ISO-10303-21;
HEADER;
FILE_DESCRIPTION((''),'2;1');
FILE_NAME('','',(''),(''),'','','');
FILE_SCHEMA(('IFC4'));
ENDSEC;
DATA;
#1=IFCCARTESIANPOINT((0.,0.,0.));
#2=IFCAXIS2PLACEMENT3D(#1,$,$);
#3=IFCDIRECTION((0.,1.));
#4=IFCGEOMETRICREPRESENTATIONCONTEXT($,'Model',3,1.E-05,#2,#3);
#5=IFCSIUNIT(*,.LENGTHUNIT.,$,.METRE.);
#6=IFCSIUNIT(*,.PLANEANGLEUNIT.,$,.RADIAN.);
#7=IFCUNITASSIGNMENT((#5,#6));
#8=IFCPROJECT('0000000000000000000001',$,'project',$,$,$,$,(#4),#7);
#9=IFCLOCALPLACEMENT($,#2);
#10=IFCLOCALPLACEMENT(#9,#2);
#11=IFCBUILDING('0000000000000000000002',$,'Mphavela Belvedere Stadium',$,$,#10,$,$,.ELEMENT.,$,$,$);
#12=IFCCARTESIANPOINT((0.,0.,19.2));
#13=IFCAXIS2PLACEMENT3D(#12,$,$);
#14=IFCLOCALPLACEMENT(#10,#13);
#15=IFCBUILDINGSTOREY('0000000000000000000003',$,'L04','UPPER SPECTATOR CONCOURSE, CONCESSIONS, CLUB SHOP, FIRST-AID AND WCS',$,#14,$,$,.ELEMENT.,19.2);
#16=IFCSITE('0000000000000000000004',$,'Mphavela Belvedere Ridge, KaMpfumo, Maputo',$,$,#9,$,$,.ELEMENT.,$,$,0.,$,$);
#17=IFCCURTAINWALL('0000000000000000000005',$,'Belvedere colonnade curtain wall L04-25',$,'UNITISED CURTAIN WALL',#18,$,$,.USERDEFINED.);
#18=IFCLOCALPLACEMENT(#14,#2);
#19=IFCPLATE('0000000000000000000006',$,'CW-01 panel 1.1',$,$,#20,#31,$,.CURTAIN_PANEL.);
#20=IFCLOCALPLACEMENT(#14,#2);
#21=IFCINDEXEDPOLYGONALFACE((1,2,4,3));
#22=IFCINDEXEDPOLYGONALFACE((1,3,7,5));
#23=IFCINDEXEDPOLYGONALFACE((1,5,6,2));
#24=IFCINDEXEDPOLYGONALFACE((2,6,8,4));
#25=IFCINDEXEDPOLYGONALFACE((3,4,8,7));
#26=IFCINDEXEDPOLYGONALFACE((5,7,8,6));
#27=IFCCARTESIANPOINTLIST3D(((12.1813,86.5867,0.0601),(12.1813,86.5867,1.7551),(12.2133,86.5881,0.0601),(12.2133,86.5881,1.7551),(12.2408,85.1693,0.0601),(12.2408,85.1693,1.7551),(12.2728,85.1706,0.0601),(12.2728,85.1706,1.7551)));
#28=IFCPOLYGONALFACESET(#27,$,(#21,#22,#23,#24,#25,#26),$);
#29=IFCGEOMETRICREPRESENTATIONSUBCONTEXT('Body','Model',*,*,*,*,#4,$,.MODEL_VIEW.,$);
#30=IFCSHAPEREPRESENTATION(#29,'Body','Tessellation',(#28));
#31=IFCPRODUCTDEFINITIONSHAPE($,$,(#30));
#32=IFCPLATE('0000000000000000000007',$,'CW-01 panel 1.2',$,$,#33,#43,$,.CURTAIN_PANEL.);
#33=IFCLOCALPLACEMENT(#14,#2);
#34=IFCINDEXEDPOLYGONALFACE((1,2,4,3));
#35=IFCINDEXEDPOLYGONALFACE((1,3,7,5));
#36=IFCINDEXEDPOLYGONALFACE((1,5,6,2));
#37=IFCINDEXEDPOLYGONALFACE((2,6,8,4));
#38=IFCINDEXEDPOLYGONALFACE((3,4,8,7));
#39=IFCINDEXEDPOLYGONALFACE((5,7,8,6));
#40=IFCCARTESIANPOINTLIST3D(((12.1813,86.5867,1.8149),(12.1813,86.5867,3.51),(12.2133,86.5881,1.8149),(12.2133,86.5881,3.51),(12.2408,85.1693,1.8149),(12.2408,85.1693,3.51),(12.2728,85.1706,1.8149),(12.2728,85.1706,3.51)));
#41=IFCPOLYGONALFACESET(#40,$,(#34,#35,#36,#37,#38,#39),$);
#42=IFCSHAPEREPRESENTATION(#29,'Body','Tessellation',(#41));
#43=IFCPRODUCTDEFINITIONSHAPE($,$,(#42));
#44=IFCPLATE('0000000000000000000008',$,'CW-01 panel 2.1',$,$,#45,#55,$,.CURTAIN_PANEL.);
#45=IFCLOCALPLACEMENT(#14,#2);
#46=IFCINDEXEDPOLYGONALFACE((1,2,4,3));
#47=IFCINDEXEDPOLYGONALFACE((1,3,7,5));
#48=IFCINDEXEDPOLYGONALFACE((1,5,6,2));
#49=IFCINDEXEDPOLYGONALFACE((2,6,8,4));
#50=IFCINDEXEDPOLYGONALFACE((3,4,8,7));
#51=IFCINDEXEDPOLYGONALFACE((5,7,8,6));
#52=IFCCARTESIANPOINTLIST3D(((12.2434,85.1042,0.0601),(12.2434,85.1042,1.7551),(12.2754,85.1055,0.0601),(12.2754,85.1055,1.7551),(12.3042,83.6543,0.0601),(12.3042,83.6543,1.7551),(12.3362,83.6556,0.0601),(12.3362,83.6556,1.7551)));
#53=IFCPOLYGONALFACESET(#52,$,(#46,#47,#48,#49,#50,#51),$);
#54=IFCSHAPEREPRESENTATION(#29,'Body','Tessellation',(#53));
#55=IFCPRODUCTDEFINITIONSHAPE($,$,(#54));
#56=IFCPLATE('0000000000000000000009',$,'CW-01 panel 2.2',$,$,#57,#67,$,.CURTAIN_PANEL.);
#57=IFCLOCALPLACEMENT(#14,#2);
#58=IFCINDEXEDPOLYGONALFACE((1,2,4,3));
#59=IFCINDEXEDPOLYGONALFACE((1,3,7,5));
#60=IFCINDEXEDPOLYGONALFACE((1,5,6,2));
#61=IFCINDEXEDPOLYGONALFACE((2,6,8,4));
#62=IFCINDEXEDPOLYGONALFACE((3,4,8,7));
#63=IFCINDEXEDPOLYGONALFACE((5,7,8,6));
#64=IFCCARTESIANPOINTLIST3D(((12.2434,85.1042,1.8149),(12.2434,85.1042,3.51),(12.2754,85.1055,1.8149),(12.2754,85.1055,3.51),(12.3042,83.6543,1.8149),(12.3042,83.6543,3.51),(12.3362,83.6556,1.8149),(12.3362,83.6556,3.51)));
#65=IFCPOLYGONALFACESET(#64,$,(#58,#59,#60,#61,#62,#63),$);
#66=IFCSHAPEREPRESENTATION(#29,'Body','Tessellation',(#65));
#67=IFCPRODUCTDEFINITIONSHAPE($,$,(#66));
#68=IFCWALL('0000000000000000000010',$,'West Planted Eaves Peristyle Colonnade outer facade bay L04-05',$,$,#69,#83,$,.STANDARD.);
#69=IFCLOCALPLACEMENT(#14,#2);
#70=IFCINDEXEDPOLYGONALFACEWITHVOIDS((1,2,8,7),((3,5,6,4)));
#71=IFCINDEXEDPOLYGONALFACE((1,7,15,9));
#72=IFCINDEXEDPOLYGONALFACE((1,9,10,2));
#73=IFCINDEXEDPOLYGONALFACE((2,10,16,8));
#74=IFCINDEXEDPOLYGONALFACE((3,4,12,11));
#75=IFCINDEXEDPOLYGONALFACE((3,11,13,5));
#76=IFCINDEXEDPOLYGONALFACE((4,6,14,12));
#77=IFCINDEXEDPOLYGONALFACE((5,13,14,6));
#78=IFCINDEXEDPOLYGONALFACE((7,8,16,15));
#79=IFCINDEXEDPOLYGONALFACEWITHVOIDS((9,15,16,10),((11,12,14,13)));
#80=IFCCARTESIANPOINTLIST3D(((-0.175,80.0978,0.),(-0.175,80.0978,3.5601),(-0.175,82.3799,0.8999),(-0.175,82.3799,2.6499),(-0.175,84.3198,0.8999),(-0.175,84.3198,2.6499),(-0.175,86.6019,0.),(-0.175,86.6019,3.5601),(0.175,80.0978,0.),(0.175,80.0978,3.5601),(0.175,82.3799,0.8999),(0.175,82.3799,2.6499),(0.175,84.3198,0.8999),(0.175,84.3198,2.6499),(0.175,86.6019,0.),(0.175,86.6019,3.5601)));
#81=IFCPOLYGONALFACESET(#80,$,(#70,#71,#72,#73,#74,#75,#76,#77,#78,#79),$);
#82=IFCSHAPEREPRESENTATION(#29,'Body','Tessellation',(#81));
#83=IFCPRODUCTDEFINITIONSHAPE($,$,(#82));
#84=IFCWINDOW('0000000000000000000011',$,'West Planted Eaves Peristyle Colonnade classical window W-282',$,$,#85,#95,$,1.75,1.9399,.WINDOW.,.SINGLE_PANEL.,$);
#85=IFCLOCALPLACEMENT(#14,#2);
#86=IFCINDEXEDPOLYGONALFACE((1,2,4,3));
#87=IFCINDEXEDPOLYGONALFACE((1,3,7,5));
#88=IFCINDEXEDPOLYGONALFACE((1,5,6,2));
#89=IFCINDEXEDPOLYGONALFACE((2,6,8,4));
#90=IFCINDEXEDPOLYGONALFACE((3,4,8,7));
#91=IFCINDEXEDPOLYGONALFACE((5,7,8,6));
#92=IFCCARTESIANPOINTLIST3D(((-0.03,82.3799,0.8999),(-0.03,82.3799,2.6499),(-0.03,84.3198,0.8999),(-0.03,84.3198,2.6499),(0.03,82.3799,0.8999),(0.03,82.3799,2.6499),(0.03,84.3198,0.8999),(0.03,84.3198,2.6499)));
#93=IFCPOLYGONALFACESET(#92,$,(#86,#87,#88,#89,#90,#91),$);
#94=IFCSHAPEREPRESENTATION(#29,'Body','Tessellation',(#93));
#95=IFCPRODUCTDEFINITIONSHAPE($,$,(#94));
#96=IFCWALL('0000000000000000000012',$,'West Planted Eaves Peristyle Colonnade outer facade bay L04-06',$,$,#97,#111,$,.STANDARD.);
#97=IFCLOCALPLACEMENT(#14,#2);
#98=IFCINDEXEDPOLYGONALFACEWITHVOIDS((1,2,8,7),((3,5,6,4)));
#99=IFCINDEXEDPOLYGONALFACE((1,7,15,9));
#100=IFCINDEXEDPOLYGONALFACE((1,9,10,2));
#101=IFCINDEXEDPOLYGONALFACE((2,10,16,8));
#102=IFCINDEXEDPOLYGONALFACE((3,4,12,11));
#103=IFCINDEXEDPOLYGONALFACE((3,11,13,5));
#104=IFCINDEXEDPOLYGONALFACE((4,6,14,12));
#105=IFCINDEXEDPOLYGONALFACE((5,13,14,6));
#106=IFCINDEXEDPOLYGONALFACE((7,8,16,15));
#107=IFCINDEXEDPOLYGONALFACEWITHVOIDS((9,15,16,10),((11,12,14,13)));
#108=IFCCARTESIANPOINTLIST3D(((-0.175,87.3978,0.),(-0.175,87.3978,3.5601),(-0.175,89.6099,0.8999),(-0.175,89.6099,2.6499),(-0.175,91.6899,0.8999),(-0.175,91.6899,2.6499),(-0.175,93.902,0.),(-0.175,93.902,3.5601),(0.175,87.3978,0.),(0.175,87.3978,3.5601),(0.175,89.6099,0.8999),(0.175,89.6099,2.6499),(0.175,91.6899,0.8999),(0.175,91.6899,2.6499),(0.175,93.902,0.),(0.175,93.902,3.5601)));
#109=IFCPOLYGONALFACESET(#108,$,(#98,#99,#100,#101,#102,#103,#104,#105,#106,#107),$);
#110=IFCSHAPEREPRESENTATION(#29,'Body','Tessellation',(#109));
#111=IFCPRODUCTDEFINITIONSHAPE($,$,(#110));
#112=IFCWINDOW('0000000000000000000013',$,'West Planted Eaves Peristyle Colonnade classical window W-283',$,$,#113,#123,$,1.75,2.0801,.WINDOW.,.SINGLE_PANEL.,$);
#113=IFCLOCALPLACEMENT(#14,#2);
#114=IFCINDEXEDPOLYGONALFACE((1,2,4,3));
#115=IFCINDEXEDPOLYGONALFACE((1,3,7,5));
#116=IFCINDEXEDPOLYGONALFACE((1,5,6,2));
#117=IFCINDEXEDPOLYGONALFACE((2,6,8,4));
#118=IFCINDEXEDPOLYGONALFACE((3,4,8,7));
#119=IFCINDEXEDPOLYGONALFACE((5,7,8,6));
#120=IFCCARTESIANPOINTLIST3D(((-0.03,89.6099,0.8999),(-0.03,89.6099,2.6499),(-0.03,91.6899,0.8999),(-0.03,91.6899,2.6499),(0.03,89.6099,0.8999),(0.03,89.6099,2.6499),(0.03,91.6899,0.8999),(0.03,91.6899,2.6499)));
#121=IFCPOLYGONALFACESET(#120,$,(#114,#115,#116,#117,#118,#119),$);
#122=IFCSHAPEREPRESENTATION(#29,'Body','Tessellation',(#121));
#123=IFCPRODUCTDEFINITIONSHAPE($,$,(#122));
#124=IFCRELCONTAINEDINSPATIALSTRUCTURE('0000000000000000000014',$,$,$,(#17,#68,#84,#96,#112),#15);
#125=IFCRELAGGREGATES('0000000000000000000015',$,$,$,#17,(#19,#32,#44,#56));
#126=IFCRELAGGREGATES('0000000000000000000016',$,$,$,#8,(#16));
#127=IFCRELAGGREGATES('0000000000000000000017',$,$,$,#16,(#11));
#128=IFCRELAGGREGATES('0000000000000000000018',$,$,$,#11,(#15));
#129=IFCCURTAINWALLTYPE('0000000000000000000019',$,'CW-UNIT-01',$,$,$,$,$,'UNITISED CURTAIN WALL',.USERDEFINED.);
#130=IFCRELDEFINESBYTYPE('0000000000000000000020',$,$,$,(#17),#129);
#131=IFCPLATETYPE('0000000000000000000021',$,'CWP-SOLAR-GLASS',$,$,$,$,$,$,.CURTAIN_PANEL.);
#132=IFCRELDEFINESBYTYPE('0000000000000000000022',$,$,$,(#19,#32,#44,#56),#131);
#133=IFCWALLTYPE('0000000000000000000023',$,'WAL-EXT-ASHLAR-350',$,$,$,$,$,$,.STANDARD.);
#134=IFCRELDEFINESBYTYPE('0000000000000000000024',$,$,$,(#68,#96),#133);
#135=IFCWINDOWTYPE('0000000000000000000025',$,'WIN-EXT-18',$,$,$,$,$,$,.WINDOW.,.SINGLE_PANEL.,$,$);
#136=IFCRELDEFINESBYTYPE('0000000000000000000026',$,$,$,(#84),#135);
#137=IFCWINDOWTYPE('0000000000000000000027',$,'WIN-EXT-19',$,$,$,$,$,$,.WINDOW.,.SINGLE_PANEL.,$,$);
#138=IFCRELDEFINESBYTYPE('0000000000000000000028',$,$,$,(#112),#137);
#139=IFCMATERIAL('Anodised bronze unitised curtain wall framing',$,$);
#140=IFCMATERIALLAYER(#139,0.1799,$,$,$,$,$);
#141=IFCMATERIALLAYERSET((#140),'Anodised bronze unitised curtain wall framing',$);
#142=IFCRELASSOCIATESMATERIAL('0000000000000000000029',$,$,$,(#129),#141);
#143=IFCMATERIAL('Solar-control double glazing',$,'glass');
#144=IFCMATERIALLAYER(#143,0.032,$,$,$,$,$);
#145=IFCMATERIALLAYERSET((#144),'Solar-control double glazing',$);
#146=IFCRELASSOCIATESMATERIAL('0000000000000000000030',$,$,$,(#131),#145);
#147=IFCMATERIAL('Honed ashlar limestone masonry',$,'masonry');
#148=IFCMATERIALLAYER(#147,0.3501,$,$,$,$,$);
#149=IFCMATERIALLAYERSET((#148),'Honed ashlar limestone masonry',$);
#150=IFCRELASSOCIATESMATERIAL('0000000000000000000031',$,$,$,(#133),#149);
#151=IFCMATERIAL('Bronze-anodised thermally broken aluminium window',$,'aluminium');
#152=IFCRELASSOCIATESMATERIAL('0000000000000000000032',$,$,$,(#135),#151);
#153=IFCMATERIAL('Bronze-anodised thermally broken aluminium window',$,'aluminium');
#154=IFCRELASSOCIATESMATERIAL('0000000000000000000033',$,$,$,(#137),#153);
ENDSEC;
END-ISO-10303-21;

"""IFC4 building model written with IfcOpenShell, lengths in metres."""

from ifc_helpers import new_model, si_unit, direction, frame, frame_2d, origin, origin_2d, place, context, subcontext, project, spatial, rectangle, extrude, material, layer, layer_set, type_object, element, fill, aggregate, save


model = new_model("IFC4")

# Units and contexts
model_context = context("Model", 3, precision=1e-05, world=origin(), true_north=direction((0.0, 1.0)))
body_context = subcontext(model_context, "Body", "Model", "MODEL_VIEW")
ifc_project = project(units=[si_unit("LENGTHUNIT", "METRE"), si_unit("PLANEANGLEUNIT", "RADIAN")], contexts=[model_context])

# Site, building, storey
site_placement = place(None, origin())
site = spatial("IfcSite", under=ifc_project, at=site_placement, Name="Mphavela Belvedere Ridge, KaMpfumo, Maputo", CompositionType="ELEMENT", RefElevation=0.0)
building_placement = place(site_placement, origin())
building = spatial("IfcBuilding", under=site, at=building_placement, Name="Mphavela Belvedere Stadium", CompositionType="ELEMENT")
storey_placement = place(building_placement, frame((0.0, 0.0, 19.2)))
storey = spatial("IfcBuildingStorey", under=building, at=storey_placement, Name="L04", Description="UPPER SPECTATOR CONCOURSE, CONCESSIONS, CLUB SHOP, FIRST-AID AND WCS", CompositionType="ELEMENT", Elevation=19.2)

# Curtain wall
ifc_material_1 = material(Name="Anodised bronze unitised curtain wall framing")
ifc_layer_1 = layer(ifc_material_1, 0.1799)
ifc_layer_set_1 = layer_set([ifc_layer_1], Name="Anodised bronze unitised curtain wall framing")
curtain_wall_type_1 = type_object("IfcCurtainWallType", Name="CW-UNIT-01", ElementType="UNITISED CURTAIN WALL", PredefinedType="USERDEFINED", material=ifc_layer_set_1)
curtain_wall_1_placement = place(storey_placement, origin())
curtain_wall_1 = element("IfcCurtainWall", 1, at=curtain_wall_1_placement, inside=storey, type_object=curtain_wall_type_1, Name="Belvedere colonnade curtain wall L04-25", ObjectType="UNITISED CURTAIN WALL", PredefinedType="USERDEFINED")

# Plates
ifc_material_2 = material(Name="Solar-control double glazing", Category="glass")
ifc_layer_2 = layer(ifc_material_2, 0.032)
ifc_layer_set_2 = layer_set([ifc_layer_2], Name="Solar-control double glazing")
plate_type = type_object("IfcPlateType", Name="CWP-SOLAR-GLASS", PredefinedType="CURTAIN_PANEL", material=ifc_layer_set_2)
plate_1_placement = place(storey_placement, frame((12.2271, 85.8787, 0.0601), z_axis=(0.0, 0.0, 1.0), x_axis=(0.041905, -0.999122, 0.0)))
plate_1 = element("IfcPlate", 2, at=plate_1_placement, type_object=plate_type, Name="CW-01 panel 1.1", PredefinedType="CURTAIN_PANEL", context=body_context, shape_type="SweptSolid", body=[
    extrude(rectangle(XDim=1.4187, YDim=0.032, at=origin_2d()), origin(), (0.0, 0.0, 1.0), 1.6951),
])
plate_2_placement = place(storey_placement, frame((12.2271, 85.8787, 1.8149), z_axis=(0.0, 0.0, 1.0), x_axis=(0.041905, -0.999122, 0.0)))
plate_2 = element("IfcPlate", 3, at=plate_2_placement, type_object=plate_type, Name="CW-01 panel 1.2", PredefinedType="CURTAIN_PANEL", context=body_context, shape_type="SweptSolid", body=[
    extrude(rectangle(XDim=1.4187, YDim=0.032, at=origin_2d()), origin(), (0.0, 0.0, 1.0), 1.6951),
])
plate_3_placement = place(storey_placement, frame((12.2898, 84.3799, 0.0601), z_axis=(0.0, 0.0, 1.0), x_axis=(0.041905, -0.999122, 0.0)))
plate_3 = element("IfcPlate", 4, at=plate_3_placement, type_object=plate_type, Name="CW-01 panel 2.1", PredefinedType="CURTAIN_PANEL", context=body_context, shape_type="SweptSolid", body=[
    extrude(rectangle(XDim=1.4512, YDim=0.032, at=origin_2d()), origin(), (0.0, 0.0, 1.0), 1.6951),
])
plate_4_placement = place(storey_placement, frame((12.2898, 84.3799, 1.8149), z_axis=(0.0, 0.0, 1.0), x_axis=(0.041905, -0.999122, 0.0)))
plate_4 = element("IfcPlate", 5, at=plate_4_placement, type_object=plate_type, Name="CW-01 panel 2.2", PredefinedType="CURTAIN_PANEL", context=body_context, shape_type="SweptSolid", body=[
    extrude(rectangle(XDim=1.4512, YDim=0.032, at=origin_2d()), origin(), (0.0, 0.0, 1.0), 1.6951),
])
aggregate(curtain_wall_1, [plate_1, plate_2, plate_3, plate_4])

# Walls, openings, windows
ifc_material_3 = material(Name="Honed ashlar limestone masonry", Category="masonry")
ifc_layer_3 = layer(ifc_material_3, 0.3501)
ifc_layer_set_3 = layer_set([ifc_layer_3], Name="Honed ashlar limestone masonry")
wall_type = type_object("IfcWallType", Name="WAL-EXT-ASHLAR-350", PredefinedType="STANDARD", material=ifc_layer_set_3)
wall_1_placement = place(storey_placement, frame((0.0, 80.0979, 0.0), z_axis=(0.0, 0.0, 1.0), x_axis=(0.0, 1.0, 0.0)))
wall_1 = element("IfcWall", 6, at=wall_1_placement, inside=storey, type_object=wall_type, Name="West Planted Eaves Peristyle Colonnade outer facade bay L04-05", PredefinedType="STANDARD", context=body_context, shape_type="SweptSolid", body=[
    extrude(rectangle(XDim=6.5042, YDim=0.3501, at=frame_2d((3.252, 0.0))), origin(), (0.0, 0.0, 1.0), 3.5601),
])
opening_1_placement = place(wall_1_placement, frame((2.282, 0.0, 0.8999)))
opening_1 = element("IfcOpeningElement", 7, at=opening_1_placement, cuts=wall_1, PredefinedType="OPENING", context=body_context, shape_type="SweptSolid", body=[
    extrude(rectangle(XDim=1.9399, YDim=1.75, at=frame_2d((0.97, 0.875))), frame((0.0, 0.1851, 0.0), z_axis=(0.0, -1.0, 0.0), x_axis=(1.0, 0.0, 0.0)), (0.0, 0.0, 1.0), 0.3701),
])
ifc_material_4 = material(Name="Bronze-anodised thermally broken aluminium window", Category="aluminium")
window_type_1 = type_object("IfcWindowType", Name="WIN-EXT-18", PartitioningType="SINGLE_PANEL", PredefinedType="WINDOW", material=ifc_material_4)
window_1_placement = place(opening_1_placement, origin())
window_1 = element("IfcWindow", 8, at=window_1_placement, inside=storey, type_object=window_type_1, Name="West Planted Eaves Peristyle Colonnade classical window W-282", OverallHeight=1.75, OverallWidth=1.9399, PartitioningType="SINGLE_PANEL", PredefinedType="WINDOW", context=body_context, shape_type="SweptSolid", body=[
    extrude(rectangle(XDim=1.9399, YDim=1.75, at=frame_2d((0.97, 0.875))), frame((0.0, 0.03, 0.0), z_axis=(0.0, -1.0, 0.0), x_axis=(1.0, 0.0, 0.0)), (0.0, 0.0, 1.0), 0.0601),
])
fill(opening_1, window_1)
wall_2_placement = place(storey_placement, frame((0.0, 87.3979, 0.0), z_axis=(0.0, 0.0, 1.0), x_axis=(0.0, 1.0, 0.0)))
wall_2 = element("IfcWall", 9, at=wall_2_placement, inside=storey, type_object=wall_type, Name="West Planted Eaves Peristyle Colonnade outer facade bay L04-06", PredefinedType="STANDARD", context=body_context, shape_type="SweptSolid", body=[
    extrude(rectangle(XDim=6.5042, YDim=0.3501, at=frame_2d((3.252, 0.0))), origin(), (0.0, 0.0, 1.0), 3.5601),
])
opening_2_placement = place(wall_2_placement, frame((2.2119, 0.0, 0.8999)))
opening_2 = element("IfcOpeningElement", 10, at=opening_2_placement, cuts=wall_2, PredefinedType="OPENING", context=body_context, shape_type="SweptSolid", body=[
    extrude(rectangle(XDim=2.0801, YDim=1.75, at=frame_2d((1.04, 0.875))), frame((0.0, 0.1851, 0.0), z_axis=(0.0, -1.0, 0.0), x_axis=(1.0, 0.0, 0.0)), (0.0, 0.0, 1.0), 0.3701),
])
ifc_material_5 = material(Name="Bronze-anodised thermally broken aluminium window", Category="aluminium")
window_type_2 = type_object("IfcWindowType", Name="WIN-EXT-19", PartitioningType="SINGLE_PANEL", PredefinedType="WINDOW", material=ifc_material_5)
window_2_placement = place(opening_2_placement, origin())
window_2 = element("IfcWindow", 11, at=window_2_placement, inside=storey, type_object=window_type_2, Name="West Planted Eaves Peristyle Colonnade classical window W-283", OverallHeight=1.75, OverallWidth=2.0801, PartitioningType="SINGLE_PANEL", PredefinedType="WINDOW", context=body_context, shape_type="SweptSolid", body=[
    extrude(rectangle(XDim=2.0801, YDim=1.75, at=frame_2d((1.04, 0.875))), frame((0.0, 0.03, 0.0), z_axis=(0.0, -1.0, 0.0), x_axis=(1.0, 0.0, 0.0)), (0.0, 0.0, 1.0), 0.0601),
])
fill(opening_2, window_2)

save(model, "model.ifc")
